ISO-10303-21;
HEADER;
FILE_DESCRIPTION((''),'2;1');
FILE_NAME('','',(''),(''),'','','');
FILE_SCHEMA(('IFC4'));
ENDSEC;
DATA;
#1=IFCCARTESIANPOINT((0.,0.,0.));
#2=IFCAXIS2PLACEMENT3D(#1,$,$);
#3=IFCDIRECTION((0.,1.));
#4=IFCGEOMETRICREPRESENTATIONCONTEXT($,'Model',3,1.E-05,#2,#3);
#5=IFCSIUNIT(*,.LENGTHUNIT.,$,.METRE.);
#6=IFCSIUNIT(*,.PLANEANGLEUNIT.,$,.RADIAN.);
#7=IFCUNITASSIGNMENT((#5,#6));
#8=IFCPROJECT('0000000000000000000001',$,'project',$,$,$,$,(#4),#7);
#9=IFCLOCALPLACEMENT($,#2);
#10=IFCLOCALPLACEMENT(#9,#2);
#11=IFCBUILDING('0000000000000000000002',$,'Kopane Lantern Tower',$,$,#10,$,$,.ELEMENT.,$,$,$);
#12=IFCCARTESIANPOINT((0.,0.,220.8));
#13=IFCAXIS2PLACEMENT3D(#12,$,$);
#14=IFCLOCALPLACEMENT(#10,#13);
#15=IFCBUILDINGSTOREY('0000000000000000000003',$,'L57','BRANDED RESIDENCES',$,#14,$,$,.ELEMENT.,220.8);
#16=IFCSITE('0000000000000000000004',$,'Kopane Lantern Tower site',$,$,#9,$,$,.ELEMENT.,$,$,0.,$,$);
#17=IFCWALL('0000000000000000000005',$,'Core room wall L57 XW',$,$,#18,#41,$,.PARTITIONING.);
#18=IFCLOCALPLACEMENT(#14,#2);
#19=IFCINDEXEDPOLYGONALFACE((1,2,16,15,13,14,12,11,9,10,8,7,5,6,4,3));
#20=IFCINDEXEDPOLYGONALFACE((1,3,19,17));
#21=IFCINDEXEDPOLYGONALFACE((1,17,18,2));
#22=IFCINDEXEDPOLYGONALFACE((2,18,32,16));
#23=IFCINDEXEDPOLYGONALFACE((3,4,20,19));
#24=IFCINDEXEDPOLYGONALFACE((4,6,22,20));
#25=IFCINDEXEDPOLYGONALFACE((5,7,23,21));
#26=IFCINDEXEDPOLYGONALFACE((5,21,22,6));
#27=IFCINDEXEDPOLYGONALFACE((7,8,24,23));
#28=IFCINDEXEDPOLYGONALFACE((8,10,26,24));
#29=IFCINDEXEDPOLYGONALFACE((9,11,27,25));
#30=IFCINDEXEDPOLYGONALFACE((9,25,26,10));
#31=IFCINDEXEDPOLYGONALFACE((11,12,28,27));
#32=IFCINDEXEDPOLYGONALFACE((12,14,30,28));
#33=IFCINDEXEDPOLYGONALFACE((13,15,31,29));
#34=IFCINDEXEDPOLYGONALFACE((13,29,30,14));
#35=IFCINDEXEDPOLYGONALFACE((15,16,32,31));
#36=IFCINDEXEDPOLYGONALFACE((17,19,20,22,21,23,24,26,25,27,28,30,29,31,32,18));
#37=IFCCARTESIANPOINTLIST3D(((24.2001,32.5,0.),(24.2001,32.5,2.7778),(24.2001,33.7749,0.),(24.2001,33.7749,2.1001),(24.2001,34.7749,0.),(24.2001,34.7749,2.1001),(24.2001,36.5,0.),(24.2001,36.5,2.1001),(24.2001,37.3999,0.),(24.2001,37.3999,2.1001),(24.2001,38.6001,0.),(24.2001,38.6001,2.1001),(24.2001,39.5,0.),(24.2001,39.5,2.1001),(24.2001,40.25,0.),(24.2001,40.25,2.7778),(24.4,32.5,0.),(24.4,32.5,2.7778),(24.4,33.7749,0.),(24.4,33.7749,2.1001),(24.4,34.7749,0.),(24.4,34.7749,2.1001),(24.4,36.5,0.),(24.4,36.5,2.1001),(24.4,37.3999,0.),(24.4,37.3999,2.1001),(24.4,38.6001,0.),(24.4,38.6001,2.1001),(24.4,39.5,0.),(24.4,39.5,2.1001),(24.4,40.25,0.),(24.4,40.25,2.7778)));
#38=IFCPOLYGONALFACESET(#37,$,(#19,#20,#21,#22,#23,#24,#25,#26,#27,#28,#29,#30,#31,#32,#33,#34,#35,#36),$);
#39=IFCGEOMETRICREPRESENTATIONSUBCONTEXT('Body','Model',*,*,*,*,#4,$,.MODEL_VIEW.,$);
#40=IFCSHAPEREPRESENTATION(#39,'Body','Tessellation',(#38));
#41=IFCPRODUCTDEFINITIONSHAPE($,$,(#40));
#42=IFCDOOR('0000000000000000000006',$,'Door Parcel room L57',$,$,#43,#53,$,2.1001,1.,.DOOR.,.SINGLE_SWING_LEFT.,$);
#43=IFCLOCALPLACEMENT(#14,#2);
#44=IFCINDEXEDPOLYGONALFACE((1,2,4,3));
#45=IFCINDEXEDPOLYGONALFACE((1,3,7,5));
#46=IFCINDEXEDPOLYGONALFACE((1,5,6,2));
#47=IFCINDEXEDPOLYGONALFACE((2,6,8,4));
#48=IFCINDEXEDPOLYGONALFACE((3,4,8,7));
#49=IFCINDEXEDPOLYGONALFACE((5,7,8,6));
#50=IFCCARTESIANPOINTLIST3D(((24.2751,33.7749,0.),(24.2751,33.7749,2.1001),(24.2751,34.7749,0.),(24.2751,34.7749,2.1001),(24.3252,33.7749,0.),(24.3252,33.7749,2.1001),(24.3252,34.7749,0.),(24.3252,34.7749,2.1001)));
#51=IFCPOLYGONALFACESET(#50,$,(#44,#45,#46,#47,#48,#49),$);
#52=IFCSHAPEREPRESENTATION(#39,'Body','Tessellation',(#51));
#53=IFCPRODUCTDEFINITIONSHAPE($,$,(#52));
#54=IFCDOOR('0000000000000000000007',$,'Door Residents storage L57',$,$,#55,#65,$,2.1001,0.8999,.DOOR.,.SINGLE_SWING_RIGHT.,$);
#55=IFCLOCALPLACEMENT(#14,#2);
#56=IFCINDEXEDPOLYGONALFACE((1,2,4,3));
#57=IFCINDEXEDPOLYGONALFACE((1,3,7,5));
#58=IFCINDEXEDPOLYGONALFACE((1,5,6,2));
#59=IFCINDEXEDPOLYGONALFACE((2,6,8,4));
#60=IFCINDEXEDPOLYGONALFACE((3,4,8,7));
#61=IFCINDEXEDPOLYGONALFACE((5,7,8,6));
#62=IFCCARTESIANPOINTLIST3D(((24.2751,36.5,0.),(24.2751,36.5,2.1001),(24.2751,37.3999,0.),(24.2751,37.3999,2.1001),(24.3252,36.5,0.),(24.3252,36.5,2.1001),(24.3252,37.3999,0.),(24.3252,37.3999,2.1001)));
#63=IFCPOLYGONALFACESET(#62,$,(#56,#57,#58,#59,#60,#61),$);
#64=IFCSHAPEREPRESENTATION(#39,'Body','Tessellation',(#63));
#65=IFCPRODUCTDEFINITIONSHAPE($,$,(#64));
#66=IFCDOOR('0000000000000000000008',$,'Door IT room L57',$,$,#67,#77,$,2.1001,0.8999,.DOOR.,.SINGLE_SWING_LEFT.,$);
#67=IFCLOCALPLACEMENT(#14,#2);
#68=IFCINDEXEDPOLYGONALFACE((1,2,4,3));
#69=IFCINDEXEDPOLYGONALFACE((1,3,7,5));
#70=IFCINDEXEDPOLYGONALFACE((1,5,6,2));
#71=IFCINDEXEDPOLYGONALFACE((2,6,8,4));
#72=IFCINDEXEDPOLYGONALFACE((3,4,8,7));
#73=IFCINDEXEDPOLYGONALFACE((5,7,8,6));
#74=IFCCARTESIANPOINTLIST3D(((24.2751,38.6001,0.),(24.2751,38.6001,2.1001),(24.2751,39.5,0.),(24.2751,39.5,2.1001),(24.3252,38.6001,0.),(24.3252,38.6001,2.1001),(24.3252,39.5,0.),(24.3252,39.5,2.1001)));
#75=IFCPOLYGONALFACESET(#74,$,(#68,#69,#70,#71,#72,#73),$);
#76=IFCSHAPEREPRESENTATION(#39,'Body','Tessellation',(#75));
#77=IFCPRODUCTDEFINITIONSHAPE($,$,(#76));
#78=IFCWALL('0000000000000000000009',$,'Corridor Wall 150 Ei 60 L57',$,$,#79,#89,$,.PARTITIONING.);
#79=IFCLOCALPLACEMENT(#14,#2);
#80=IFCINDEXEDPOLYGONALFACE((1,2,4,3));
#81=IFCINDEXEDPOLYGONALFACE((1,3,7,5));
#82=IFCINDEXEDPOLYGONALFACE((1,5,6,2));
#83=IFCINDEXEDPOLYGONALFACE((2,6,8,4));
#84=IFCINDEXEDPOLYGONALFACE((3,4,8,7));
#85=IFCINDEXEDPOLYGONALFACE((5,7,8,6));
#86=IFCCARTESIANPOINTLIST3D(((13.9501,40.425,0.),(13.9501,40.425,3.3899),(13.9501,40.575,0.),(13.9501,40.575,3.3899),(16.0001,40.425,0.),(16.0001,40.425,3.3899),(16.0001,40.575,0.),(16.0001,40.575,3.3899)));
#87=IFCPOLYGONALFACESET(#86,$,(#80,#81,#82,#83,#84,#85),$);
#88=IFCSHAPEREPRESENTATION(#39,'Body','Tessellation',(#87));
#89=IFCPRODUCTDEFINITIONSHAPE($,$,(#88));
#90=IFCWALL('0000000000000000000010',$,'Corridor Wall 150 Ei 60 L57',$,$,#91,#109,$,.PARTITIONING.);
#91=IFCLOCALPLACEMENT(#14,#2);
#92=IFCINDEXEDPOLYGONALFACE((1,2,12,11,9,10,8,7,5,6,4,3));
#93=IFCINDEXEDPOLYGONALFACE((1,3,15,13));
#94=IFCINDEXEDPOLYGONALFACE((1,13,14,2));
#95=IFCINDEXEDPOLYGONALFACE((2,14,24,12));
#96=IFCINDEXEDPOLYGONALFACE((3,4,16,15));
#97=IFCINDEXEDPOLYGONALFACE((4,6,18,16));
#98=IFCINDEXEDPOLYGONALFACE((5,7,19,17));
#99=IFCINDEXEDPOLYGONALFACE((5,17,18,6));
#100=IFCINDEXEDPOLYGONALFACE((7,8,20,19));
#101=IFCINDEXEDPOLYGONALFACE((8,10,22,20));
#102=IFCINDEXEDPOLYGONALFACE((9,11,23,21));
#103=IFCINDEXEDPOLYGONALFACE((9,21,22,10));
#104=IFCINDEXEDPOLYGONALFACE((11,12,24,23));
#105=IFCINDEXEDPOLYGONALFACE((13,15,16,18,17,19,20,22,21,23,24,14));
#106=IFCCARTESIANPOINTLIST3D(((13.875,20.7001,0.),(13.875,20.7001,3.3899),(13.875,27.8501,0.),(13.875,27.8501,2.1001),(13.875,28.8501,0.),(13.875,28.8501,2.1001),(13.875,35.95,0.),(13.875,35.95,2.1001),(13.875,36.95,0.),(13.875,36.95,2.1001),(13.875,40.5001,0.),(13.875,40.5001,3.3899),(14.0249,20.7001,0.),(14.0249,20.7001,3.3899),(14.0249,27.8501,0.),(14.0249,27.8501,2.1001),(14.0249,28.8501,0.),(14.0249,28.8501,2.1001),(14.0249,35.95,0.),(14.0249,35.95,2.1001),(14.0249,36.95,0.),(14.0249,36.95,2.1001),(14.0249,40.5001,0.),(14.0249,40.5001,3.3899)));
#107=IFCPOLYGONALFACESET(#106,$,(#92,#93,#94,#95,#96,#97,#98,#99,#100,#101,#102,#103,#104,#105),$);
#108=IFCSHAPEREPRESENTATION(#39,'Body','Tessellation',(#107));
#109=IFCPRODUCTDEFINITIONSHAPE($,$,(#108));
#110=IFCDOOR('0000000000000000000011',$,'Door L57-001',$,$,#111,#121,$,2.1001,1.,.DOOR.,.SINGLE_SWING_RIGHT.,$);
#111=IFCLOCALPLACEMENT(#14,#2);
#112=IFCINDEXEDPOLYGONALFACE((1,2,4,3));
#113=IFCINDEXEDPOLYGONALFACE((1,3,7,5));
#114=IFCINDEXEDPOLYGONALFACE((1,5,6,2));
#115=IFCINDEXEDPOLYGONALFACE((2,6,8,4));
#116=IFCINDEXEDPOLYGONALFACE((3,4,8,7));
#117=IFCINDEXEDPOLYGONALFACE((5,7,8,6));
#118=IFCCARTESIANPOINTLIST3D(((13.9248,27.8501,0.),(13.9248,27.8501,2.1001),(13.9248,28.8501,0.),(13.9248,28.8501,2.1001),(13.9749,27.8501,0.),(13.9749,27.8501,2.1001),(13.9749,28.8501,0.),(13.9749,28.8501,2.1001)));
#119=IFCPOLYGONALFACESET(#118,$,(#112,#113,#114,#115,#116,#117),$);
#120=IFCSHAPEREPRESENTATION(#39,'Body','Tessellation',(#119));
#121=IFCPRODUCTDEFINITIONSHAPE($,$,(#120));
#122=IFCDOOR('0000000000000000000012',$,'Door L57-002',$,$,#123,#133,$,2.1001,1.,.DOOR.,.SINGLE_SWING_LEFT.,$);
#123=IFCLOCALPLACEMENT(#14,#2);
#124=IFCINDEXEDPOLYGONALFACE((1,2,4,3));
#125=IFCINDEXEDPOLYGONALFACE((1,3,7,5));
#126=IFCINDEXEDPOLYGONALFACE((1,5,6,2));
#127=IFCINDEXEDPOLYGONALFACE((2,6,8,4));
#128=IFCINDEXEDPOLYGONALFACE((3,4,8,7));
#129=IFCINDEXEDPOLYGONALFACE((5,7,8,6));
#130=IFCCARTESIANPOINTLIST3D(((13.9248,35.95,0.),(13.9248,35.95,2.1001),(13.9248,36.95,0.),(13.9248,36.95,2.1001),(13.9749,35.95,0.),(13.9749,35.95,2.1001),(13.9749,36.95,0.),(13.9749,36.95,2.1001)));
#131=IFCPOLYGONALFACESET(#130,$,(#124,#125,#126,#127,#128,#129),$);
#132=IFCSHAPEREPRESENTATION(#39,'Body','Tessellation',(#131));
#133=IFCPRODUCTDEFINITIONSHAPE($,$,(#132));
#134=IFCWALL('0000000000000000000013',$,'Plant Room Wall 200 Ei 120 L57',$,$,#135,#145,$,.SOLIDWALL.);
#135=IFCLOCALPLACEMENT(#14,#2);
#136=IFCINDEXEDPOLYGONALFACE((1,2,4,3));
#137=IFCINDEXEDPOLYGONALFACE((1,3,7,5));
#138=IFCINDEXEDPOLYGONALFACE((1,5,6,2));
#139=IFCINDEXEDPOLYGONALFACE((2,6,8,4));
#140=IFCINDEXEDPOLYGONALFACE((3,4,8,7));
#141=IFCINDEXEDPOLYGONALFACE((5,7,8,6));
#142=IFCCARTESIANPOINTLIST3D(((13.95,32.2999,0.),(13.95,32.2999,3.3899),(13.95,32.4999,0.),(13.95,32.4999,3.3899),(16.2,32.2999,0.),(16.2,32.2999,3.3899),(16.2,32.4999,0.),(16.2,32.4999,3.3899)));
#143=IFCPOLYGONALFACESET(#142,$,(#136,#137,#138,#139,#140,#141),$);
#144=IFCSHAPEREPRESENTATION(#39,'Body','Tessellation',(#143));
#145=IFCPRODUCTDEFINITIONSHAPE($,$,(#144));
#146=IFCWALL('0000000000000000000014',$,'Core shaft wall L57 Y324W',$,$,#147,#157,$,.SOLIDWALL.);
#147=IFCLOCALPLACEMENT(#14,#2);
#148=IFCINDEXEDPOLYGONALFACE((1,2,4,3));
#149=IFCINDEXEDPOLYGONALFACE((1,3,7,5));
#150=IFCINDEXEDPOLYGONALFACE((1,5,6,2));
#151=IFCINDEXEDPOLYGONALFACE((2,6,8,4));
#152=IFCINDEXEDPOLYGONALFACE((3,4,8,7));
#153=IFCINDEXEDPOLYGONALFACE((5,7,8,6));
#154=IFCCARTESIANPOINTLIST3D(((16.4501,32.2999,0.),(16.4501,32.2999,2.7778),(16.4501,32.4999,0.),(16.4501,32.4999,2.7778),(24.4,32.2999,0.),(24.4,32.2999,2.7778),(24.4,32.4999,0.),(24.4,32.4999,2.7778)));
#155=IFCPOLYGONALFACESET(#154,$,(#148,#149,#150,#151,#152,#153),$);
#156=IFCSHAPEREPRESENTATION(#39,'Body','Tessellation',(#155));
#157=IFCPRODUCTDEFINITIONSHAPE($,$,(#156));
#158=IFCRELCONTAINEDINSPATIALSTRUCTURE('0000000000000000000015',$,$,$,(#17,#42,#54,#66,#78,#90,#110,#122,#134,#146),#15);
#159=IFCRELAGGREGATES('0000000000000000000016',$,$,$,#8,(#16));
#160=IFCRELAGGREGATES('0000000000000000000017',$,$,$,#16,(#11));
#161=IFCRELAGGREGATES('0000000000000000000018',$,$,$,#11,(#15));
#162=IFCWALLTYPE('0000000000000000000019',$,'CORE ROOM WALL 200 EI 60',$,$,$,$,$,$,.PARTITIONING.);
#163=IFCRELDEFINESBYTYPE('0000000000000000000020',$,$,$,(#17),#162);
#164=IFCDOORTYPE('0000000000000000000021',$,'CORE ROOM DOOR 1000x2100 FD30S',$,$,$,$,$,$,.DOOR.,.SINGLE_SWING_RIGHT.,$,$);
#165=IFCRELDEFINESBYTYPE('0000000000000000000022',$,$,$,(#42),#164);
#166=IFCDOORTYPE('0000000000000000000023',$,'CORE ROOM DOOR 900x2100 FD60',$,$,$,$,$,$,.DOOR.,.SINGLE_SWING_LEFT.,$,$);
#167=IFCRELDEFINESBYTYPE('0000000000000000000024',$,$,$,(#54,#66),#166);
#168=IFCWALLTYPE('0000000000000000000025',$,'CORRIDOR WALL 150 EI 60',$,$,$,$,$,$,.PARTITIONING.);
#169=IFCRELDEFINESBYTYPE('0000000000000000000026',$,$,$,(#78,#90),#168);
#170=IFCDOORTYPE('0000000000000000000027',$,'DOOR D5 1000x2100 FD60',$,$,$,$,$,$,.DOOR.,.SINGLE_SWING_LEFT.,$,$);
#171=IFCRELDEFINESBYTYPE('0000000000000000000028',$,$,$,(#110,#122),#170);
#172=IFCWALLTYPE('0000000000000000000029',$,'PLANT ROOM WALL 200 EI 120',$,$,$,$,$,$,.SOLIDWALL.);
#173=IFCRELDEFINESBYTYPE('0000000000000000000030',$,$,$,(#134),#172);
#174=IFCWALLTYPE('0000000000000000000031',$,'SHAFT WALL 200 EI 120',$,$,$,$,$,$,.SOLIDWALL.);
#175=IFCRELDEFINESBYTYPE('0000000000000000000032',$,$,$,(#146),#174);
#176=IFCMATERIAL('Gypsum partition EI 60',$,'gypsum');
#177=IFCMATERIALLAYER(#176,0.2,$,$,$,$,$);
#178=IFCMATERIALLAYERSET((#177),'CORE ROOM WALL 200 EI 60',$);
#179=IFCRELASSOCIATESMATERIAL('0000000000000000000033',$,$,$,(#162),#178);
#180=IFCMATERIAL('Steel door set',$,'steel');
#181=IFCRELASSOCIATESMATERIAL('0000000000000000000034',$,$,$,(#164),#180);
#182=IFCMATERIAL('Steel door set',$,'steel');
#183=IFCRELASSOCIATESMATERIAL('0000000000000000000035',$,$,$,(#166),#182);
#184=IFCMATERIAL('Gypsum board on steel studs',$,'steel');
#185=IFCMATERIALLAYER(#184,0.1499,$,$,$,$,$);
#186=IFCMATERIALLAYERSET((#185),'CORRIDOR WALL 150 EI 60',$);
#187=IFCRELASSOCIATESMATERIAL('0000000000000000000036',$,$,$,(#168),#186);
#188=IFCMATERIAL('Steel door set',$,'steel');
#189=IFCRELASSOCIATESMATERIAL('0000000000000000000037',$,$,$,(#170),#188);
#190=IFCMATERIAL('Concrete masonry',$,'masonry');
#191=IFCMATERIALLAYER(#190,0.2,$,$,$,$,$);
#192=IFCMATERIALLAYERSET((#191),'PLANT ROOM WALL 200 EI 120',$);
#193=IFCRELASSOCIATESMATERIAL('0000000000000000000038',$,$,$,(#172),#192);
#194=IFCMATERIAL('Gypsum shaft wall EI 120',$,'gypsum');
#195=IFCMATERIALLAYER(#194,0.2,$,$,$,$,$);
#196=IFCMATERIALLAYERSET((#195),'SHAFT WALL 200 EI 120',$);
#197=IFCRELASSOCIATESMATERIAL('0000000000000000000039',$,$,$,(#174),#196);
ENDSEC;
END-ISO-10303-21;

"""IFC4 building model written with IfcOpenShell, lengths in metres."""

from ifc_helpers import new_model, si_unit, direction, frame, frame_2d, origin, place, context, subcontext, project, spatial, rectangle, extrude, material, layer, layer_set, type_object, element, fill, save


model = new_model("IFC4")

# Units and contexts
model_context = context("Model", 3, precision=1e-05, world=origin(), true_north=direction((0.0, 1.0)))
body_context = subcontext(model_context, "Body", "Model", "MODEL_VIEW")
ifc_project = project(units=[si_unit("LENGTHUNIT", "METRE"), si_unit("PLANEANGLEUNIT", "RADIAN")], contexts=[model_context])

# Site, building, storey
site_placement = place(None, origin())
site = spatial("IfcSite", under=ifc_project, at=site_placement, Name="Kopane Lantern Tower site", CompositionType="ELEMENT", RefElevation=0.0)
building_placement = place(site_placement, origin())
building = spatial("IfcBuilding", under=site, at=building_placement, Name="Kopane Lantern Tower", CompositionType="ELEMENT")
storey_placement = place(building_placement, frame((0.0, 0.0, 220.8)))
storey = spatial("IfcBuildingStorey", under=building, at=storey_placement, Name="L57", Description="BRANDED RESIDENCES", CompositionType="ELEMENT", Elevation=220.8)

# Wall, openings, doors
ifc_material_1 = material(Name="Gypsum partition EI 60", Category="gypsum")
ifc_layer_1 = layer(ifc_material_1, 0.2)
ifc_layer_set_1 = layer_set([ifc_layer_1], Name="CORE ROOM WALL 200 EI 60")
wall_type_1 = type_object("IfcWallType", Name="CORE ROOM WALL 200 EI 60", PredefinedType="PARTITIONING", material=ifc_layer_set_1)
wall_1_placement = place(storey_placement, frame((24.3, 32.5, 0.0), z_axis=(0.0, 0.0, 1.0), x_axis=(0.0, 1.0, 0.0)))
wall_1 = element("IfcWall", 1, at=wall_1_placement, inside=storey, type_object=wall_type_1, Name="Core room wall L57 XW", PredefinedType="PARTITIONING", context=body_context, shape_type="SweptSolid", body=[
    extrude(rectangle(XDim=7.75, YDim=0.2, at=frame_2d((3.875, 0.0))), origin(), (0.0, 0.0, 1.0), 2.7778),
])
opening_1_placement = place(wall_1_placement, frame((1.2749, 0.0, 0.0)))
opening_1 = element("IfcOpeningElement", 2, at=opening_1_placement, cuts=wall_1, PredefinedType="OPENING", context=body_context, shape_type="SweptSolid", body=[
    extrude(rectangle(XDim=1.0, YDim=2.1001, at=frame_2d((0.5, 1.05))), frame((0.0, 0.1099, 0.0), z_axis=(0.0, -1.0, 0.0), x_axis=(1.0, 0.0, 0.0)), (0.0, 0.0, 1.0), 0.22),
])
opening_2_placement = place(wall_1_placement, frame((4.0, 0.0, 0.0)))
opening_2 = element("IfcOpeningElement", 3, at=opening_2_placement, cuts=wall_1, PredefinedType="OPENING", context=body_context, shape_type="SweptSolid", body=[
    extrude(rectangle(XDim=0.8999, YDim=2.1001, at=frame_2d((0.45, 1.05))), frame((0.0, 0.1099, 0.0), z_axis=(0.0, -1.0, 0.0), x_axis=(1.0, 0.0, 0.0)), (0.0, 0.0, 1.0), 0.22),
])
opening_3_placement = place(wall_1_placement, frame((6.1001, 0.0, 0.0)))
opening_3 = element("IfcOpeningElement", 4, at=opening_3_placement, cuts=wall_1, PredefinedType="OPENING", context=body_context, shape_type="SweptSolid", body=[
    extrude(rectangle(XDim=0.8999, YDim=2.1001, at=frame_2d((0.45, 1.05))), frame((0.0, 0.1099, 0.0), z_axis=(0.0, -1.0, 0.0), x_axis=(1.0, 0.0, 0.0)), (0.0, 0.0, 1.0), 0.22),
])
ifc_material_2 = material(Name="Steel door set", Category="steel")
door_type_1 = type_object("IfcDoorType", Name="CORE ROOM DOOR 1000x2100 FD30S", OperationType="SINGLE_SWING_RIGHT", PredefinedType="DOOR", material=ifc_material_2)
door_1_placement = place(opening_1_placement, origin())
door_1 = element("IfcDoor", 5, at=door_1_placement, inside=storey, type_object=door_type_1, Name="Door Parcel room L57", OperationType="SINGLE_SWING_LEFT", OverallHeight=2.1001, OverallWidth=1.0, PredefinedType="DOOR", context=body_context, shape_type="SweptSolid", body=[
    extrude(rectangle(XDim=1.0, YDim=2.1001, at=frame_2d((0.5, 1.05))), frame((0.0, 0.0249, 0.0), z_axis=(0.0, -1.0, 0.0), x_axis=(1.0, 0.0, 0.0)), (0.0, 0.0, 1.0), 0.05),
])
fill(opening_1, door_1)
ifc_material_3 = material(Name="Steel door set", Category="steel")
door_type_2 = type_object("IfcDoorType", Name="CORE ROOM DOOR 900x2100 FD60", OperationType="SINGLE_SWING_LEFT", PredefinedType="DOOR", material=ifc_material_3)
door_2_placement = place(opening_2_placement, origin())
door_2 = element("IfcDoor", 6, at=door_2_placement, inside=storey, type_object=door_type_2, Name="Door Residents storage L57", OperationType="SINGLE_SWING_RIGHT", OverallHeight=2.1001, OverallWidth=0.8999, PredefinedType="DOOR", context=body_context, shape_type="SweptSolid", body=[
    extrude(rectangle(XDim=0.8999, YDim=2.1001, at=frame_2d((0.45, 1.05))), frame((0.0, 0.0249, 0.0), z_axis=(0.0, -1.0, 0.0), x_axis=(1.0, 0.0, 0.0)), (0.0, 0.0, 1.0), 0.05),
])
fill(opening_2, door_2)
door_3_placement = place(opening_3_placement, origin())
door_3 = element("IfcDoor", 7, at=door_3_placement, inside=storey, type_object=door_type_2, Name="Door IT room L57", OperationType="SINGLE_SWING_LEFT", OverallHeight=2.1001, OverallWidth=0.8999, PredefinedType="DOOR", context=body_context, shape_type="SweptSolid", body=[
    extrude(rectangle(XDim=0.8999, YDim=2.1001, at=frame_2d((0.45, 1.05))), frame((0.0, 0.0249, 0.0), z_axis=(0.0, -1.0, 0.0), x_axis=(1.0, 0.0, 0.0)), (0.0, 0.0, 1.0), 0.05),
])
fill(opening_3, door_3)

# Wall
ifc_material_4 = material(Name="Gypsum board on steel studs", Category="steel")
ifc_layer_2 = layer(ifc_material_4, 0.1499)
ifc_layer_set_2 = layer_set([ifc_layer_2], Name="CORRIDOR WALL 150 EI 60")
wall_type_2 = type_object("IfcWallType", Name="CORRIDOR WALL 150 EI 60", PredefinedType="PARTITIONING", material=ifc_layer_set_2)
wall_2_placement = place(storey_placement, frame((16.0, 40.5, 0.0), z_axis=(0.0, 0.0, 1.0), x_axis=(-1.0, 0.0, 0.0)))
element("IfcWall", 8, at=wall_2_placement, inside=storey, type_object=wall_type_2, Name="Corridor Wall 150 Ei 60 L57", PredefinedType="PARTITIONING", context=body_context, shape_type="SweptSolid", body=[
    extrude(rectangle(XDim=2.05, YDim=0.1499, at=frame_2d((1.0249, 0.0))), origin(), (0.0, 0.0, 1.0), 3.3899),
])

# Wall, openings, doors
wall_3_placement = place(storey_placement, frame((13.95, 40.5, 0.0), z_axis=(0.0, 0.0, 1.0), x_axis=(0.0, -1.0, 0.0)))
wall_3 = element("IfcWall", 9, at=wall_3_placement, inside=storey, type_object=wall_type_2, Name="Corridor Wall 150 Ei 60 L57", PredefinedType="PARTITIONING", context=body_context, shape_type="SweptSolid", body=[
    extrude(rectangle(XDim=19.8, YDim=0.1499, at=frame_2d((9.8999, 0.0))), origin(), (0.0, 0.0, 1.0), 3.3899),
])
opening_4_placement = place(wall_3_placement, frame((11.6499, 0.0, 0.0)))
opening_4 = element("IfcOpeningElement", 10, at=opening_4_placement, cuts=wall_3, PredefinedType="OPENING", context=body_context, shape_type="SweptSolid", body=[
    extrude(rectangle(XDim=1.0, YDim=2.1001, at=frame_2d((0.5, 1.05))), frame((0.0, 0.085, 0.0), z_axis=(0.0, -1.0, 0.0), x_axis=(1.0, 0.0, 0.0)), (0.0, 0.0, 1.0), 0.1699),
])
opening_5_placement = place(wall_3_placement, frame((3.55, 0.0, 0.0)))
opening_5 = element("IfcOpeningElement", 11, at=opening_5_placement, cuts=wall_3, PredefinedType="OPENING", context=body_context, shape_type="SweptSolid", body=[
    extrude(rectangle(XDim=1.0, YDim=2.1001, at=frame_2d((0.5, 1.05))), frame((0.0, 0.085, 0.0), z_axis=(0.0, -1.0, 0.0), x_axis=(1.0, 0.0, 0.0)), (0.0, 0.0, 1.0), 0.1699),
])
ifc_material_5 = material(Name="Steel door set", Category="steel")
door_type_3 = type_object("IfcDoorType", Name="DOOR D5 1000x2100 FD60", OperationType="SINGLE_SWING_LEFT", PredefinedType="DOOR", material=ifc_material_5)
door_4_placement = place(opening_4_placement, origin())
door_4 = element("IfcDoor", 12, at=door_4_placement, inside=storey, type_object=door_type_3, Name="Door L57-001", OperationType="SINGLE_SWING_RIGHT", OverallHeight=2.1001, OverallWidth=1.0, PredefinedType="DOOR", context=body_context, shape_type="SweptSolid", body=[
    extrude(rectangle(XDim=1.0, YDim=2.1001, at=frame_2d((0.5, 1.05))), frame((0.0, 0.0249, 0.0), z_axis=(0.0, -1.0, 0.0), x_axis=(1.0, 0.0, 0.0)), (0.0, 0.0, 1.0), 0.05),
])
fill(opening_4, door_4)
door_5_placement = place(opening_5_placement, origin())
door_5 = element("IfcDoor", 13, at=door_5_placement, inside=storey, type_object=door_type_3, Name="Door L57-002", OperationType="SINGLE_SWING_LEFT", OverallHeight=2.1001, OverallWidth=1.0, PredefinedType="DOOR", context=body_context, shape_type="SweptSolid", body=[
    extrude(rectangle(XDim=1.0, YDim=2.1001, at=frame_2d((0.5, 1.05))), frame((0.0, 0.0249, 0.0), z_axis=(0.0, -1.0, 0.0), x_axis=(1.0, 0.0, 0.0)), (0.0, 0.0, 1.0), 0.05),
])
fill(opening_5, door_5)

# Walls
ifc_material_6 = material(Name="Concrete masonry", Category="masonry")
ifc_layer_3 = layer(ifc_material_6, 0.2)
ifc_layer_set_3 = layer_set([ifc_layer_3], Name="PLANT ROOM WALL 200 EI 120")
wall_type_3 = type_object("IfcWallType", Name="PLANT ROOM WALL 200 EI 120", PredefinedType="SOLIDWALL", material=ifc_layer_set_3)
wall_4_placement = place(storey_placement, frame((13.95, 32.3999, 0.0), z_axis=(0.0, 0.0, 1.0), x_axis=(1.0, 0.0, 0.0)))
element("IfcWall", 14, at=wall_4_placement, inside=storey, type_object=wall_type_3, Name="Plant Room Wall 200 Ei 120 L57", PredefinedType="SOLIDWALL", context=body_context, shape_type="SweptSolid", body=[
    extrude(rectangle(XDim=2.25, YDim=0.2, at=frame_2d((1.125, 0.0))), origin(), (0.0, 0.0, 1.0), 3.3899),
])
ifc_material_7 = material(Name="Gypsum shaft wall EI 120", Category="gypsum")
ifc_layer_4 = layer(ifc_material_7, 0.2)
ifc_layer_set_4 = layer_set([ifc_layer_4], Name="SHAFT WALL 200 EI 120")
wall_type_4 = type_object("IfcWallType", Name="SHAFT WALL 200 EI 120", PredefinedType="SOLIDWALL", material=ifc_layer_set_4)
wall_5_placement = place(storey_placement, frame((16.45, 32.3999, 0.0), z_axis=(0.0, 0.0, 1.0), x_axis=(1.0, 0.0, 0.0)))
element("IfcWall", 15, at=wall_5_placement, inside=storey, type_object=wall_type_4, Name="Core shaft wall L57 Y324W", PredefinedType="SOLIDWALL", context=body_context, shape_type="SweptSolid", body=[
    extrude(rectangle(XDim=7.95, YDim=0.2, at=frame_2d((3.9751, 0.0))), origin(), (0.0, 0.0, 1.0), 2.7778),
])

save(model, "model.ifc")
